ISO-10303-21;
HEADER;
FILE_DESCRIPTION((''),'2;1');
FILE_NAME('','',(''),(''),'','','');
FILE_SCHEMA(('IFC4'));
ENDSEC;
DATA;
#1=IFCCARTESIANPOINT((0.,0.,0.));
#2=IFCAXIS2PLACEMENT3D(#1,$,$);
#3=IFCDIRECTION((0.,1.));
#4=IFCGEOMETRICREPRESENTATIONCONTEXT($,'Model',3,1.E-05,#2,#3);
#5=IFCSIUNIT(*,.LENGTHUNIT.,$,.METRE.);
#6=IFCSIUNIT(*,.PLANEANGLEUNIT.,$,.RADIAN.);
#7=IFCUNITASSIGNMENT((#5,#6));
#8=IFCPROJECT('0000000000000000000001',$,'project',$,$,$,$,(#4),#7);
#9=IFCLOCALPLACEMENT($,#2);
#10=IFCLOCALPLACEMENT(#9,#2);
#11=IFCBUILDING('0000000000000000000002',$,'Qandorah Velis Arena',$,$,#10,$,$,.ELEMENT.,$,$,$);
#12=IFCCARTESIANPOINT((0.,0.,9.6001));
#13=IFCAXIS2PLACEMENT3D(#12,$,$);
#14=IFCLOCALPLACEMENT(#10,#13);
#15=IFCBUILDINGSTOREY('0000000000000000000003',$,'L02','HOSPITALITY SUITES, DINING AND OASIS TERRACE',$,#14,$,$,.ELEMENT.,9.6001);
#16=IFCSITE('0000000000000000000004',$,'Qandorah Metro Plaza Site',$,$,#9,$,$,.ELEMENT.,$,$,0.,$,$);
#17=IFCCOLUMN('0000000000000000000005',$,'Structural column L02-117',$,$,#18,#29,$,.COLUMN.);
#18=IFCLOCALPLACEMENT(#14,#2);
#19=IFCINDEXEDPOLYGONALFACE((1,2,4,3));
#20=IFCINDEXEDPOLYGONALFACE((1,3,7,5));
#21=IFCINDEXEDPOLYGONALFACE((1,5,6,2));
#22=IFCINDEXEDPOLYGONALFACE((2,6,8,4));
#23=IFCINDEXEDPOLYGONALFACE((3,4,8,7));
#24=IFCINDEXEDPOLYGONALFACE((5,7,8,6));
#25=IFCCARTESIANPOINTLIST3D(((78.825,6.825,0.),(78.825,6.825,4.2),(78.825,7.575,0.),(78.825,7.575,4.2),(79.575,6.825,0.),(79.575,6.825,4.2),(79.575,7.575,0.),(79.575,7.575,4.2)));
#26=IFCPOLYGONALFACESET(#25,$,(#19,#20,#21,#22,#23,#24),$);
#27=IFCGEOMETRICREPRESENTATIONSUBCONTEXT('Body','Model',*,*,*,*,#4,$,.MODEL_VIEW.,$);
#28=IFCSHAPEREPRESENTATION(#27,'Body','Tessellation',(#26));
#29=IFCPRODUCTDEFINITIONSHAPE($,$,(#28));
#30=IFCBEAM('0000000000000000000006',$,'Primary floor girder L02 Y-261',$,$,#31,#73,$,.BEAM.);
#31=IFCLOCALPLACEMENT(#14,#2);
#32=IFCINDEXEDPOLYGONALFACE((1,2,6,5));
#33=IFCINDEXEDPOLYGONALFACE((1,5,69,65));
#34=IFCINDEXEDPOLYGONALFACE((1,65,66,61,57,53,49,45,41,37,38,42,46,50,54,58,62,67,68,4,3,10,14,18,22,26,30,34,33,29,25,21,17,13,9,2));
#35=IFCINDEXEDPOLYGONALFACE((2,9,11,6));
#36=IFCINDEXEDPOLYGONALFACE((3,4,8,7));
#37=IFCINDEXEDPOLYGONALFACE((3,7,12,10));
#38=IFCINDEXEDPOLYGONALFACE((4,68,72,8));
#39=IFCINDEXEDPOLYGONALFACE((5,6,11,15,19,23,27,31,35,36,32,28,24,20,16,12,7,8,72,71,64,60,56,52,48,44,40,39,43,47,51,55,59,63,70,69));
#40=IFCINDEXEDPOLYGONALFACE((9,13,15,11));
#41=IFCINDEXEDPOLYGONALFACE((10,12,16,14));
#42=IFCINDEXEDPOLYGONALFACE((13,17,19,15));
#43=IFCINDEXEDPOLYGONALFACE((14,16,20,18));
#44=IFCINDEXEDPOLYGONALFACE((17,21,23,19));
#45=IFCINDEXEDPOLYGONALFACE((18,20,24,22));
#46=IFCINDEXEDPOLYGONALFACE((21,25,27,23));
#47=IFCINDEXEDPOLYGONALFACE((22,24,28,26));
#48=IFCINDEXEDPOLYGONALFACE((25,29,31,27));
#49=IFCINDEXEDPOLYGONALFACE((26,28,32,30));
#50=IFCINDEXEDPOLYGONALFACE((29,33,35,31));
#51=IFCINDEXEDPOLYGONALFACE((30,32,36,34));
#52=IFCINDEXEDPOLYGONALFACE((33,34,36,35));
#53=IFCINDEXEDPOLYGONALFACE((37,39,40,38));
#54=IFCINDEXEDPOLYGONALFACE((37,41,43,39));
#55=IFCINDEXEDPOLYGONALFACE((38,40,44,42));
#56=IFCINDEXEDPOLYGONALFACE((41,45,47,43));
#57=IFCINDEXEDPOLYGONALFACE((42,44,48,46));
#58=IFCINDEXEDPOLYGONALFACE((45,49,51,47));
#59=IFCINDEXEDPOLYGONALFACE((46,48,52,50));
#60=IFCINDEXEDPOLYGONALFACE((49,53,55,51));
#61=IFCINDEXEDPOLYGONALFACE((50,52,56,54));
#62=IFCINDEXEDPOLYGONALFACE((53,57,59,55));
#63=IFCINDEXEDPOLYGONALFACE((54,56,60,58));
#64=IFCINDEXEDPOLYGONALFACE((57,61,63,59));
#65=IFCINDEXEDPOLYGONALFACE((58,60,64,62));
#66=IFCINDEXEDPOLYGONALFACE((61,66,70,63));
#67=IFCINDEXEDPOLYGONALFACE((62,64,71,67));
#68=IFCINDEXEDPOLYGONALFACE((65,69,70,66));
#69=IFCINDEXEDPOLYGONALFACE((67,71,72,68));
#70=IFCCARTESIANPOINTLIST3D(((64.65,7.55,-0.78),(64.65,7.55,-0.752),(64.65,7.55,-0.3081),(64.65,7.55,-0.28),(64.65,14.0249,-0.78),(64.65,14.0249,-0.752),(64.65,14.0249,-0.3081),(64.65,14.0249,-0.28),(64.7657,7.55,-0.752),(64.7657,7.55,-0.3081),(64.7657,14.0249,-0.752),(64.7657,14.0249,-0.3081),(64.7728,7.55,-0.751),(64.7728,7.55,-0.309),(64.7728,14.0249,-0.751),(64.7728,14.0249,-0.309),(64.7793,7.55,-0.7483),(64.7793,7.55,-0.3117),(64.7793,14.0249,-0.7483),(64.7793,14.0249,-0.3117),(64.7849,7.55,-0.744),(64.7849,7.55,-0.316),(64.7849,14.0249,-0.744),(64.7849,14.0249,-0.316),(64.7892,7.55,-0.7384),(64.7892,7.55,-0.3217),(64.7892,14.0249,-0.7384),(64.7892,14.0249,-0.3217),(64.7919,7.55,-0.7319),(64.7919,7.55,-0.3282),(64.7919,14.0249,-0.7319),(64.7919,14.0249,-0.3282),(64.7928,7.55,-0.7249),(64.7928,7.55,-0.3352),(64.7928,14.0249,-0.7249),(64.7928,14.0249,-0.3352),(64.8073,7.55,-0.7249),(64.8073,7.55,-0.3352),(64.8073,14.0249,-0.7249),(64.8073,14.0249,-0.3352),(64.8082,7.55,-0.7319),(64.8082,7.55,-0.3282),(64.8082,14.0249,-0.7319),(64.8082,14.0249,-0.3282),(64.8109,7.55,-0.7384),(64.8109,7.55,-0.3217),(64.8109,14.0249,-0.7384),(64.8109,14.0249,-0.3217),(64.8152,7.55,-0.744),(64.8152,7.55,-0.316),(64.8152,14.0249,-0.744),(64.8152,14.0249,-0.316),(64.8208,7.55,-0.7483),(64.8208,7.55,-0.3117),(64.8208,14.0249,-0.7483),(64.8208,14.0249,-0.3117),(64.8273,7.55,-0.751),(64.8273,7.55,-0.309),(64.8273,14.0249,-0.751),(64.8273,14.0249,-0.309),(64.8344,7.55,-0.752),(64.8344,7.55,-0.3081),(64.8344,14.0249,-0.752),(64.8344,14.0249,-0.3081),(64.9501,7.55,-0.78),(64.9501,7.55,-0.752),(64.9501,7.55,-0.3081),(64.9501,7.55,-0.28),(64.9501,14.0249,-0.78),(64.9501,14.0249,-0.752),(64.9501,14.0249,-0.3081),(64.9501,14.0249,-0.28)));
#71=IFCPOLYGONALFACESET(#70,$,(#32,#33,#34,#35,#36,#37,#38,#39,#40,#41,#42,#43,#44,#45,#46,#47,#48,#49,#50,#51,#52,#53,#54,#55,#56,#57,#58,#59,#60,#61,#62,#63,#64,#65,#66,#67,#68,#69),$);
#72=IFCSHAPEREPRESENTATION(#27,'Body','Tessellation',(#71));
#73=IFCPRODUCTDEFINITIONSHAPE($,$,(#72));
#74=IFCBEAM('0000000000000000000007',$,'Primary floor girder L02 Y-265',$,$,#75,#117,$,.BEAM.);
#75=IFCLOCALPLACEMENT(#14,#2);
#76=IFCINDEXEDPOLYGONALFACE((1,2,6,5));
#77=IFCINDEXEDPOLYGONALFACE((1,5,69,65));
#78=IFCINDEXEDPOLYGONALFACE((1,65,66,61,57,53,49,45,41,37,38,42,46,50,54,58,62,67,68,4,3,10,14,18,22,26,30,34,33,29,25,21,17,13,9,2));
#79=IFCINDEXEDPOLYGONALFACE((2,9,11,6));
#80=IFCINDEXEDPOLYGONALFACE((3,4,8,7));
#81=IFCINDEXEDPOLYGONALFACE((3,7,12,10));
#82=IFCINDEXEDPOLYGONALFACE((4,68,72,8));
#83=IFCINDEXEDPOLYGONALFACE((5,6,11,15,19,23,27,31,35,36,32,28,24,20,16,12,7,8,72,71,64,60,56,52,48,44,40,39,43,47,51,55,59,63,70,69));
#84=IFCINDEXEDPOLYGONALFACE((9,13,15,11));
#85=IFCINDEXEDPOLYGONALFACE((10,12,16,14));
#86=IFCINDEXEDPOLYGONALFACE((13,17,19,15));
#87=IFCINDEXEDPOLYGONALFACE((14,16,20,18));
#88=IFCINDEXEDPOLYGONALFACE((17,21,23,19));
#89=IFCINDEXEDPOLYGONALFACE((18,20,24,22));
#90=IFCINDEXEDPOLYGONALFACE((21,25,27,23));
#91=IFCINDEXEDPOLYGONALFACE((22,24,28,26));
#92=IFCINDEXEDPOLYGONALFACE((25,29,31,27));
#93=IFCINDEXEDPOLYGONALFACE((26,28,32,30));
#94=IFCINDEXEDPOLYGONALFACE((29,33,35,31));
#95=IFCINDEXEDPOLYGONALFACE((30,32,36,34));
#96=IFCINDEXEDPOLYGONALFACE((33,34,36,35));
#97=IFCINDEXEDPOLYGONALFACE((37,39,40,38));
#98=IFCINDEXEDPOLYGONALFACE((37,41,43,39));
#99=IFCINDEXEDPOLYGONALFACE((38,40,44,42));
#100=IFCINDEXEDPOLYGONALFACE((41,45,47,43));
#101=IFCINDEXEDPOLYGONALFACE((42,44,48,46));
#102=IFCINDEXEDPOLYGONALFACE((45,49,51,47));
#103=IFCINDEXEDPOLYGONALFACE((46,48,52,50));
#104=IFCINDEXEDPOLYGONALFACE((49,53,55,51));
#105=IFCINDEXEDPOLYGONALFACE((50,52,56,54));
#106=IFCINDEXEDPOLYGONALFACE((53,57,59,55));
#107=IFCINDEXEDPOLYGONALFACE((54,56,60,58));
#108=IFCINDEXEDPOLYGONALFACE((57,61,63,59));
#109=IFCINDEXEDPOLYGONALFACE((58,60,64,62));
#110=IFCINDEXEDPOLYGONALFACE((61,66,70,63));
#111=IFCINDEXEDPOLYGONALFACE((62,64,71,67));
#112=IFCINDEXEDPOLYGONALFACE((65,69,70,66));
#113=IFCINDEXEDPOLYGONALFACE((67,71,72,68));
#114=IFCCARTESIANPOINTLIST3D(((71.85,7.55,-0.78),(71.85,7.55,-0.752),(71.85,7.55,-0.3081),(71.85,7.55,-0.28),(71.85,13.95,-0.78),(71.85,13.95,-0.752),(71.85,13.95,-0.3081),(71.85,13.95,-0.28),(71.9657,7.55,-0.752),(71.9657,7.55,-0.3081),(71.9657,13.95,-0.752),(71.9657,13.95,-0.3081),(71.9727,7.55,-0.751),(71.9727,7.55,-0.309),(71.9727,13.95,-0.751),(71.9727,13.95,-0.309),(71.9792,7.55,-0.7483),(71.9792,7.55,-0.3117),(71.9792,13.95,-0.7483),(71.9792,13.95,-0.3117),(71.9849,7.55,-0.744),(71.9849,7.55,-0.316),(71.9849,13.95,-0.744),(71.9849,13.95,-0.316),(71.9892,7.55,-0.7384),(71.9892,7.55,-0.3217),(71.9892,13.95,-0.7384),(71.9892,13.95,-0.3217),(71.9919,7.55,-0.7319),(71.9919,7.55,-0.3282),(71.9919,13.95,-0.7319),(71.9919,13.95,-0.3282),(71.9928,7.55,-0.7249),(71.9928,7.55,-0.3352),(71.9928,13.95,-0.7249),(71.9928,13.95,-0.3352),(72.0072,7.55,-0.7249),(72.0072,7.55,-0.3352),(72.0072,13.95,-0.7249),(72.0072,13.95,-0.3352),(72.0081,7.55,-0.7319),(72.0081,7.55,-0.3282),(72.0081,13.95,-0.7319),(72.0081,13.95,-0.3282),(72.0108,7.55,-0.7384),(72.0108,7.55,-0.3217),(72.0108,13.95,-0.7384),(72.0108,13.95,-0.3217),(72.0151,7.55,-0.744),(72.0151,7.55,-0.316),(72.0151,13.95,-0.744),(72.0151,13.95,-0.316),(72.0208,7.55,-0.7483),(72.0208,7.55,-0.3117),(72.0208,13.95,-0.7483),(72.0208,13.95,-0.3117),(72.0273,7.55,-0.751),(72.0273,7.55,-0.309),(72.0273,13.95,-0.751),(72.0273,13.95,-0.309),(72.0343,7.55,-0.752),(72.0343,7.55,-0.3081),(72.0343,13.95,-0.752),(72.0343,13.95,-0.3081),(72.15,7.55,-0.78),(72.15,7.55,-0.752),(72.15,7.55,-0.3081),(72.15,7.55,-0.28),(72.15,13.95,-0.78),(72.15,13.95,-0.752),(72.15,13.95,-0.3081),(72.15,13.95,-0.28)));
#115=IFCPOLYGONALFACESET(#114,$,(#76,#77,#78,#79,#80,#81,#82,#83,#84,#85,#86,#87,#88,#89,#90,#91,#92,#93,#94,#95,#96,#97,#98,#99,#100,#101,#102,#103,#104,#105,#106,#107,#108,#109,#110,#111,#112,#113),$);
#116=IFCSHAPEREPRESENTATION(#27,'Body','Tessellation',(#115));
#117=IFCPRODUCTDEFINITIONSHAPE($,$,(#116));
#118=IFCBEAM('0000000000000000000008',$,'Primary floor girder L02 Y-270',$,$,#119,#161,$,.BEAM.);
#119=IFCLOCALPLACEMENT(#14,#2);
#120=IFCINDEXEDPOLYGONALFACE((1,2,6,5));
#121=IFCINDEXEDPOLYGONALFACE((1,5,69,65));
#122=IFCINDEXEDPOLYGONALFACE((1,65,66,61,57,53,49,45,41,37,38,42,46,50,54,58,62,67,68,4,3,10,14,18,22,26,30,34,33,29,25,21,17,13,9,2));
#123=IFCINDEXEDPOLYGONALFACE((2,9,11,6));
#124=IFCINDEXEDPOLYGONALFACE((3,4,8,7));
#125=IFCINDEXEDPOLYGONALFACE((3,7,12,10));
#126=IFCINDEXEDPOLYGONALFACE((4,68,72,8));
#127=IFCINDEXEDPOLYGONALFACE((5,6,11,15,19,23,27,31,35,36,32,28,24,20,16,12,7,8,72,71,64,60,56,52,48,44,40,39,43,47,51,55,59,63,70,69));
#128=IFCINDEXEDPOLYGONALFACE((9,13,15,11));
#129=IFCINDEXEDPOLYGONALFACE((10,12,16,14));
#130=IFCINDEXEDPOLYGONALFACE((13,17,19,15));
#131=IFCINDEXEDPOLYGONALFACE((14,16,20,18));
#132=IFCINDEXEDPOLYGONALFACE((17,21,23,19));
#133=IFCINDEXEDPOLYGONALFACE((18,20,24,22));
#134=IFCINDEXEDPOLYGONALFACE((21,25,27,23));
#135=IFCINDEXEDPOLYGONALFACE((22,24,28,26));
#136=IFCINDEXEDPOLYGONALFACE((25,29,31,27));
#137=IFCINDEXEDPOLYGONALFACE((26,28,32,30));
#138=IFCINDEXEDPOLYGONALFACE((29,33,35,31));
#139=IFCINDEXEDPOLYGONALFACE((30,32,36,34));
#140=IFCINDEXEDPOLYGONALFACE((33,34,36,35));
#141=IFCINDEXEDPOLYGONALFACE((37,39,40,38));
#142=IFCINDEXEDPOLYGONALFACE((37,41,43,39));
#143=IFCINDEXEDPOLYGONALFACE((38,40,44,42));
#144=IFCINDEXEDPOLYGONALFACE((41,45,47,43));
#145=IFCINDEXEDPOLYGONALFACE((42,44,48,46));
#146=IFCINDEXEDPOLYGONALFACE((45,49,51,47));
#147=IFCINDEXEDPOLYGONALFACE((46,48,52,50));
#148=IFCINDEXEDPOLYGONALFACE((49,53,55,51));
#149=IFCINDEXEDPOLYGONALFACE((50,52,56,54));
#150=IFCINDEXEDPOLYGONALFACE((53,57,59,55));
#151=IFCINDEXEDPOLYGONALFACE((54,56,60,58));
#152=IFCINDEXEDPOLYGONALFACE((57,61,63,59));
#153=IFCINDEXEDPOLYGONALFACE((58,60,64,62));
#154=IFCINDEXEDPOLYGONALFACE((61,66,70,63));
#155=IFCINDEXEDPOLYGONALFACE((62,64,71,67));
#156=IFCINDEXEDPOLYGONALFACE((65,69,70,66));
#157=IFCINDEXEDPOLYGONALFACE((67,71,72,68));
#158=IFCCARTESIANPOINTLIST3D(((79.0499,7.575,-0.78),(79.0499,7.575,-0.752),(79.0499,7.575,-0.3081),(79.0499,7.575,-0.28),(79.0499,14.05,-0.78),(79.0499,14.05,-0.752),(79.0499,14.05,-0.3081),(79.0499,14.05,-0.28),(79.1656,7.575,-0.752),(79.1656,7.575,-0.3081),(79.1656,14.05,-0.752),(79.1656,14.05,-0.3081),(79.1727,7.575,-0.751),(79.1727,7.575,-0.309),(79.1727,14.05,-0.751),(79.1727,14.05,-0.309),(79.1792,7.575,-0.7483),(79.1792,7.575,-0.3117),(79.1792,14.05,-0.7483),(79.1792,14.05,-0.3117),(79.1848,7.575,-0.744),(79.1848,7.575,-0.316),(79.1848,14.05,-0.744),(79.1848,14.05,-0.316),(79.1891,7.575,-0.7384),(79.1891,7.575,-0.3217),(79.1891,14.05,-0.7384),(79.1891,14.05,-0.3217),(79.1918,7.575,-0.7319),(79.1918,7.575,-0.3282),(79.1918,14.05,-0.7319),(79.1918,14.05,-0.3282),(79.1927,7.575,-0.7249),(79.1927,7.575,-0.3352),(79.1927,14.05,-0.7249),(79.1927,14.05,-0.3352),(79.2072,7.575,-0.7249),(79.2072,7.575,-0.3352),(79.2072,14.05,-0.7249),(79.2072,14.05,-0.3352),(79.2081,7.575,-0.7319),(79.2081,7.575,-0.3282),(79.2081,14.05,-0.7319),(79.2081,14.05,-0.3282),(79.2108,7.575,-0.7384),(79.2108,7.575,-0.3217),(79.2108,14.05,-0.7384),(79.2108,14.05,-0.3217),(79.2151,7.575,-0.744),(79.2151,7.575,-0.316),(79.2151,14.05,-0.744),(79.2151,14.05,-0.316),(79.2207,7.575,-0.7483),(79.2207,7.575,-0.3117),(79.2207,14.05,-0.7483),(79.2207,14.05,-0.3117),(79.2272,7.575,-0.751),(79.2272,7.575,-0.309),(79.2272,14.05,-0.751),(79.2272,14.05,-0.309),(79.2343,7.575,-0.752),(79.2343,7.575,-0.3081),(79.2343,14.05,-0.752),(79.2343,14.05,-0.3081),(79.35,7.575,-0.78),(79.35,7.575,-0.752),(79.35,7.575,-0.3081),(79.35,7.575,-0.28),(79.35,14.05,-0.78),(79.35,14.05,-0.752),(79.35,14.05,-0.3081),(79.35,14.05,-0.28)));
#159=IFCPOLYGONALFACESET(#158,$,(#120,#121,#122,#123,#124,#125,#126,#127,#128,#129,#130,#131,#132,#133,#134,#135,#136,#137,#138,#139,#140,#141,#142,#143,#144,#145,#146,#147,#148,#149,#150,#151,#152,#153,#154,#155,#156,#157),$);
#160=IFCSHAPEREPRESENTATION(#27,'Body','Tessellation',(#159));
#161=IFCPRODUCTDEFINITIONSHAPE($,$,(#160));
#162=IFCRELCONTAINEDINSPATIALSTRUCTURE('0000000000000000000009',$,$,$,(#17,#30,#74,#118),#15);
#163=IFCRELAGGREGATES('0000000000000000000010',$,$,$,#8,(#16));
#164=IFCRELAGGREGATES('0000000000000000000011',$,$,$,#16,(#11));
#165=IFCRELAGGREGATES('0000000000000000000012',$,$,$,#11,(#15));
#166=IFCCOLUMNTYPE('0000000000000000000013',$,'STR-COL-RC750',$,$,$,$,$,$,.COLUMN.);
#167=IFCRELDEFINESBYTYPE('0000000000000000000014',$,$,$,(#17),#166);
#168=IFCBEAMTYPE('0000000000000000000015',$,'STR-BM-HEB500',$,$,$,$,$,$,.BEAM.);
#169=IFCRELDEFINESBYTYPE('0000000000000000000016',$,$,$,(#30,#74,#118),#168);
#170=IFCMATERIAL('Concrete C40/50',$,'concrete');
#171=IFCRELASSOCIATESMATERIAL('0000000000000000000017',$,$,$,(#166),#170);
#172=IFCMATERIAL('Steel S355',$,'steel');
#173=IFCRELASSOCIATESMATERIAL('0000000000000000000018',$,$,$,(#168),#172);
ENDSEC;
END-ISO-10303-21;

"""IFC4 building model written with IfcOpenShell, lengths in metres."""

from ifc_helpers import new_model, si_unit, direction, frame, origin, origin_2d, place, context, subcontext, project, spatial, rectangle, i_section, extrude, material, material_profile, profile_set, type_object, element, save


model = new_model("IFC4")

# Units and contexts
model_context = context("Model", 3, precision=1e-05, world=origin(), true_north=direction((0.0, 1.0)))
body_context = subcontext(model_context, "Body", "Model", "MODEL_VIEW")
ifc_project = project(units=[si_unit("LENGTHUNIT", "METRE"), si_unit("PLANEANGLEUNIT", "RADIAN")], contexts=[model_context])

# Site, building, storey
site_placement = place(None, origin())
site = spatial("IfcSite", under=ifc_project, at=site_placement, Name="Qandorah Metro Plaza Site", CompositionType="ELEMENT", RefElevation=0.0)
building_placement = place(site_placement, origin())
building = spatial("IfcBuilding", under=site, at=building_placement, Name="Qandorah Velis Arena", CompositionType="ELEMENT")
storey_placement = place(building_placement, frame((0.0, 0.0, 9.6001)))
storey = spatial("IfcBuildingStorey", under=building, at=storey_placement, Name="L02", Description="HOSPITALITY SUITES, DINING AND OASIS TERRACE", CompositionType="ELEMENT", Elevation=9.6001)

# Column
ifc_material_1 = material(Name="Concrete C40/50", Category="concrete")
ifc_material_profile_1 = material_profile(ifc_material_1, rectangle(XDim=0.75, YDim=0.75, at=origin_2d()), Name="RC COL 750x750")
ifc_profile_set_1 = profile_set([ifc_material_profile_1], Name="Concrete C40/50")
column_type = type_object("IfcColumnType", Name="STR-COL-RC750", PredefinedType="COLUMN", material=ifc_profile_set_1)
column_placement = place(storey_placement, frame((79.2, 7.2, 0.0), z_axis=(0.0, 0.0, 1.0), x_axis=(1.0, 0.0, 0.0)))
element("IfcColumn", 1, at=column_placement, inside=storey, type_object=column_type, Name="Structural column L02-117", PredefinedType="COLUMN", context=body_context, shape_type="SweptSolid", body=[
    extrude(rectangle(XDim=0.75, YDim=0.75, at=origin_2d()), origin(), (0.0, 0.0, 1.0), 4.2),
])

# Beams
ifc_material_2 = material(Name="Steel S355", Category="steel")
ifc_material_profile_2 = material_profile(ifc_material_2, i_section(OverallWidth=0.3, OverallDepth=0.5, WebThickness=0.0144, FlangeThickness=0.0281, FilletRadius=0.0271, at=origin_2d()), Name="HEB 500")
ifc_profile_set_2 = profile_set([ifc_material_profile_2], Name="Steel S355")
beam_type_1 = type_object("IfcBeamType", Name="STR-BM-HEB500", PredefinedType="BEAM", material=ifc_profile_set_2)
beam_1_placement = place(storey_placement, frame((64.8, 7.55, -0.53), z_axis=(0.0, 1.0, 0.0), x_axis=(-1.0, 0.0, 0.0)))
element("IfcBeam", 2, at=beam_1_placement, inside=storey, type_object=beam_type_1, Name="Primary floor girder L02 Y-261", PredefinedType="BEAM", context=body_context, shape_type="SweptSolid", body=[
    extrude(i_section(OverallWidth=0.3, OverallDepth=0.5, WebThickness=0.0144, FlangeThickness=0.0281, FilletRadius=0.0271, at=origin_2d()), origin(), (0.0, 0.0, 1.0), 6.4749),
])
beam_2_placement = place(storey_placement, frame((72.0, 7.55, -0.53), z_axis=(0.0, 1.0, 0.0), x_axis=(-1.0, 0.0, 0.0)))
element("IfcBeam", 3, at=beam_2_placement, inside=storey, type_object=beam_type_1, Name="Primary floor girder L02 Y-265", PredefinedType="BEAM", context=body_context, shape_type="SweptSolid", body=[
    extrude(i_section(OverallWidth=0.3, OverallDepth=0.5, WebThickness=0.0144, FlangeThickness=0.0281, FilletRadius=0.0271, at=origin_2d()), origin(), (0.0, 0.0, 1.0), 6.3999),
])
beam_3_placement = place(storey_placement, frame((79.2, 7.575, -0.53), z_axis=(0.0, 1.0, 0.0), x_axis=(-1.0, 0.0, 0.0)))
element("IfcBeam", 4, at=beam_3_placement, inside=storey, type_object=beam_type_1, Name="Primary floor girder L02 Y-270", PredefinedType="BEAM", context=body_context, shape_type="SweptSolid", body=[
    extrude(i_section(OverallWidth=0.3, OverallDepth=0.5, WebThickness=0.0144, FlangeThickness=0.0281, FilletRadius=0.0271, at=origin_2d()), origin(), (0.0, 0.0, 1.0), 6.4751),
])

save(model, "model.ifc")
